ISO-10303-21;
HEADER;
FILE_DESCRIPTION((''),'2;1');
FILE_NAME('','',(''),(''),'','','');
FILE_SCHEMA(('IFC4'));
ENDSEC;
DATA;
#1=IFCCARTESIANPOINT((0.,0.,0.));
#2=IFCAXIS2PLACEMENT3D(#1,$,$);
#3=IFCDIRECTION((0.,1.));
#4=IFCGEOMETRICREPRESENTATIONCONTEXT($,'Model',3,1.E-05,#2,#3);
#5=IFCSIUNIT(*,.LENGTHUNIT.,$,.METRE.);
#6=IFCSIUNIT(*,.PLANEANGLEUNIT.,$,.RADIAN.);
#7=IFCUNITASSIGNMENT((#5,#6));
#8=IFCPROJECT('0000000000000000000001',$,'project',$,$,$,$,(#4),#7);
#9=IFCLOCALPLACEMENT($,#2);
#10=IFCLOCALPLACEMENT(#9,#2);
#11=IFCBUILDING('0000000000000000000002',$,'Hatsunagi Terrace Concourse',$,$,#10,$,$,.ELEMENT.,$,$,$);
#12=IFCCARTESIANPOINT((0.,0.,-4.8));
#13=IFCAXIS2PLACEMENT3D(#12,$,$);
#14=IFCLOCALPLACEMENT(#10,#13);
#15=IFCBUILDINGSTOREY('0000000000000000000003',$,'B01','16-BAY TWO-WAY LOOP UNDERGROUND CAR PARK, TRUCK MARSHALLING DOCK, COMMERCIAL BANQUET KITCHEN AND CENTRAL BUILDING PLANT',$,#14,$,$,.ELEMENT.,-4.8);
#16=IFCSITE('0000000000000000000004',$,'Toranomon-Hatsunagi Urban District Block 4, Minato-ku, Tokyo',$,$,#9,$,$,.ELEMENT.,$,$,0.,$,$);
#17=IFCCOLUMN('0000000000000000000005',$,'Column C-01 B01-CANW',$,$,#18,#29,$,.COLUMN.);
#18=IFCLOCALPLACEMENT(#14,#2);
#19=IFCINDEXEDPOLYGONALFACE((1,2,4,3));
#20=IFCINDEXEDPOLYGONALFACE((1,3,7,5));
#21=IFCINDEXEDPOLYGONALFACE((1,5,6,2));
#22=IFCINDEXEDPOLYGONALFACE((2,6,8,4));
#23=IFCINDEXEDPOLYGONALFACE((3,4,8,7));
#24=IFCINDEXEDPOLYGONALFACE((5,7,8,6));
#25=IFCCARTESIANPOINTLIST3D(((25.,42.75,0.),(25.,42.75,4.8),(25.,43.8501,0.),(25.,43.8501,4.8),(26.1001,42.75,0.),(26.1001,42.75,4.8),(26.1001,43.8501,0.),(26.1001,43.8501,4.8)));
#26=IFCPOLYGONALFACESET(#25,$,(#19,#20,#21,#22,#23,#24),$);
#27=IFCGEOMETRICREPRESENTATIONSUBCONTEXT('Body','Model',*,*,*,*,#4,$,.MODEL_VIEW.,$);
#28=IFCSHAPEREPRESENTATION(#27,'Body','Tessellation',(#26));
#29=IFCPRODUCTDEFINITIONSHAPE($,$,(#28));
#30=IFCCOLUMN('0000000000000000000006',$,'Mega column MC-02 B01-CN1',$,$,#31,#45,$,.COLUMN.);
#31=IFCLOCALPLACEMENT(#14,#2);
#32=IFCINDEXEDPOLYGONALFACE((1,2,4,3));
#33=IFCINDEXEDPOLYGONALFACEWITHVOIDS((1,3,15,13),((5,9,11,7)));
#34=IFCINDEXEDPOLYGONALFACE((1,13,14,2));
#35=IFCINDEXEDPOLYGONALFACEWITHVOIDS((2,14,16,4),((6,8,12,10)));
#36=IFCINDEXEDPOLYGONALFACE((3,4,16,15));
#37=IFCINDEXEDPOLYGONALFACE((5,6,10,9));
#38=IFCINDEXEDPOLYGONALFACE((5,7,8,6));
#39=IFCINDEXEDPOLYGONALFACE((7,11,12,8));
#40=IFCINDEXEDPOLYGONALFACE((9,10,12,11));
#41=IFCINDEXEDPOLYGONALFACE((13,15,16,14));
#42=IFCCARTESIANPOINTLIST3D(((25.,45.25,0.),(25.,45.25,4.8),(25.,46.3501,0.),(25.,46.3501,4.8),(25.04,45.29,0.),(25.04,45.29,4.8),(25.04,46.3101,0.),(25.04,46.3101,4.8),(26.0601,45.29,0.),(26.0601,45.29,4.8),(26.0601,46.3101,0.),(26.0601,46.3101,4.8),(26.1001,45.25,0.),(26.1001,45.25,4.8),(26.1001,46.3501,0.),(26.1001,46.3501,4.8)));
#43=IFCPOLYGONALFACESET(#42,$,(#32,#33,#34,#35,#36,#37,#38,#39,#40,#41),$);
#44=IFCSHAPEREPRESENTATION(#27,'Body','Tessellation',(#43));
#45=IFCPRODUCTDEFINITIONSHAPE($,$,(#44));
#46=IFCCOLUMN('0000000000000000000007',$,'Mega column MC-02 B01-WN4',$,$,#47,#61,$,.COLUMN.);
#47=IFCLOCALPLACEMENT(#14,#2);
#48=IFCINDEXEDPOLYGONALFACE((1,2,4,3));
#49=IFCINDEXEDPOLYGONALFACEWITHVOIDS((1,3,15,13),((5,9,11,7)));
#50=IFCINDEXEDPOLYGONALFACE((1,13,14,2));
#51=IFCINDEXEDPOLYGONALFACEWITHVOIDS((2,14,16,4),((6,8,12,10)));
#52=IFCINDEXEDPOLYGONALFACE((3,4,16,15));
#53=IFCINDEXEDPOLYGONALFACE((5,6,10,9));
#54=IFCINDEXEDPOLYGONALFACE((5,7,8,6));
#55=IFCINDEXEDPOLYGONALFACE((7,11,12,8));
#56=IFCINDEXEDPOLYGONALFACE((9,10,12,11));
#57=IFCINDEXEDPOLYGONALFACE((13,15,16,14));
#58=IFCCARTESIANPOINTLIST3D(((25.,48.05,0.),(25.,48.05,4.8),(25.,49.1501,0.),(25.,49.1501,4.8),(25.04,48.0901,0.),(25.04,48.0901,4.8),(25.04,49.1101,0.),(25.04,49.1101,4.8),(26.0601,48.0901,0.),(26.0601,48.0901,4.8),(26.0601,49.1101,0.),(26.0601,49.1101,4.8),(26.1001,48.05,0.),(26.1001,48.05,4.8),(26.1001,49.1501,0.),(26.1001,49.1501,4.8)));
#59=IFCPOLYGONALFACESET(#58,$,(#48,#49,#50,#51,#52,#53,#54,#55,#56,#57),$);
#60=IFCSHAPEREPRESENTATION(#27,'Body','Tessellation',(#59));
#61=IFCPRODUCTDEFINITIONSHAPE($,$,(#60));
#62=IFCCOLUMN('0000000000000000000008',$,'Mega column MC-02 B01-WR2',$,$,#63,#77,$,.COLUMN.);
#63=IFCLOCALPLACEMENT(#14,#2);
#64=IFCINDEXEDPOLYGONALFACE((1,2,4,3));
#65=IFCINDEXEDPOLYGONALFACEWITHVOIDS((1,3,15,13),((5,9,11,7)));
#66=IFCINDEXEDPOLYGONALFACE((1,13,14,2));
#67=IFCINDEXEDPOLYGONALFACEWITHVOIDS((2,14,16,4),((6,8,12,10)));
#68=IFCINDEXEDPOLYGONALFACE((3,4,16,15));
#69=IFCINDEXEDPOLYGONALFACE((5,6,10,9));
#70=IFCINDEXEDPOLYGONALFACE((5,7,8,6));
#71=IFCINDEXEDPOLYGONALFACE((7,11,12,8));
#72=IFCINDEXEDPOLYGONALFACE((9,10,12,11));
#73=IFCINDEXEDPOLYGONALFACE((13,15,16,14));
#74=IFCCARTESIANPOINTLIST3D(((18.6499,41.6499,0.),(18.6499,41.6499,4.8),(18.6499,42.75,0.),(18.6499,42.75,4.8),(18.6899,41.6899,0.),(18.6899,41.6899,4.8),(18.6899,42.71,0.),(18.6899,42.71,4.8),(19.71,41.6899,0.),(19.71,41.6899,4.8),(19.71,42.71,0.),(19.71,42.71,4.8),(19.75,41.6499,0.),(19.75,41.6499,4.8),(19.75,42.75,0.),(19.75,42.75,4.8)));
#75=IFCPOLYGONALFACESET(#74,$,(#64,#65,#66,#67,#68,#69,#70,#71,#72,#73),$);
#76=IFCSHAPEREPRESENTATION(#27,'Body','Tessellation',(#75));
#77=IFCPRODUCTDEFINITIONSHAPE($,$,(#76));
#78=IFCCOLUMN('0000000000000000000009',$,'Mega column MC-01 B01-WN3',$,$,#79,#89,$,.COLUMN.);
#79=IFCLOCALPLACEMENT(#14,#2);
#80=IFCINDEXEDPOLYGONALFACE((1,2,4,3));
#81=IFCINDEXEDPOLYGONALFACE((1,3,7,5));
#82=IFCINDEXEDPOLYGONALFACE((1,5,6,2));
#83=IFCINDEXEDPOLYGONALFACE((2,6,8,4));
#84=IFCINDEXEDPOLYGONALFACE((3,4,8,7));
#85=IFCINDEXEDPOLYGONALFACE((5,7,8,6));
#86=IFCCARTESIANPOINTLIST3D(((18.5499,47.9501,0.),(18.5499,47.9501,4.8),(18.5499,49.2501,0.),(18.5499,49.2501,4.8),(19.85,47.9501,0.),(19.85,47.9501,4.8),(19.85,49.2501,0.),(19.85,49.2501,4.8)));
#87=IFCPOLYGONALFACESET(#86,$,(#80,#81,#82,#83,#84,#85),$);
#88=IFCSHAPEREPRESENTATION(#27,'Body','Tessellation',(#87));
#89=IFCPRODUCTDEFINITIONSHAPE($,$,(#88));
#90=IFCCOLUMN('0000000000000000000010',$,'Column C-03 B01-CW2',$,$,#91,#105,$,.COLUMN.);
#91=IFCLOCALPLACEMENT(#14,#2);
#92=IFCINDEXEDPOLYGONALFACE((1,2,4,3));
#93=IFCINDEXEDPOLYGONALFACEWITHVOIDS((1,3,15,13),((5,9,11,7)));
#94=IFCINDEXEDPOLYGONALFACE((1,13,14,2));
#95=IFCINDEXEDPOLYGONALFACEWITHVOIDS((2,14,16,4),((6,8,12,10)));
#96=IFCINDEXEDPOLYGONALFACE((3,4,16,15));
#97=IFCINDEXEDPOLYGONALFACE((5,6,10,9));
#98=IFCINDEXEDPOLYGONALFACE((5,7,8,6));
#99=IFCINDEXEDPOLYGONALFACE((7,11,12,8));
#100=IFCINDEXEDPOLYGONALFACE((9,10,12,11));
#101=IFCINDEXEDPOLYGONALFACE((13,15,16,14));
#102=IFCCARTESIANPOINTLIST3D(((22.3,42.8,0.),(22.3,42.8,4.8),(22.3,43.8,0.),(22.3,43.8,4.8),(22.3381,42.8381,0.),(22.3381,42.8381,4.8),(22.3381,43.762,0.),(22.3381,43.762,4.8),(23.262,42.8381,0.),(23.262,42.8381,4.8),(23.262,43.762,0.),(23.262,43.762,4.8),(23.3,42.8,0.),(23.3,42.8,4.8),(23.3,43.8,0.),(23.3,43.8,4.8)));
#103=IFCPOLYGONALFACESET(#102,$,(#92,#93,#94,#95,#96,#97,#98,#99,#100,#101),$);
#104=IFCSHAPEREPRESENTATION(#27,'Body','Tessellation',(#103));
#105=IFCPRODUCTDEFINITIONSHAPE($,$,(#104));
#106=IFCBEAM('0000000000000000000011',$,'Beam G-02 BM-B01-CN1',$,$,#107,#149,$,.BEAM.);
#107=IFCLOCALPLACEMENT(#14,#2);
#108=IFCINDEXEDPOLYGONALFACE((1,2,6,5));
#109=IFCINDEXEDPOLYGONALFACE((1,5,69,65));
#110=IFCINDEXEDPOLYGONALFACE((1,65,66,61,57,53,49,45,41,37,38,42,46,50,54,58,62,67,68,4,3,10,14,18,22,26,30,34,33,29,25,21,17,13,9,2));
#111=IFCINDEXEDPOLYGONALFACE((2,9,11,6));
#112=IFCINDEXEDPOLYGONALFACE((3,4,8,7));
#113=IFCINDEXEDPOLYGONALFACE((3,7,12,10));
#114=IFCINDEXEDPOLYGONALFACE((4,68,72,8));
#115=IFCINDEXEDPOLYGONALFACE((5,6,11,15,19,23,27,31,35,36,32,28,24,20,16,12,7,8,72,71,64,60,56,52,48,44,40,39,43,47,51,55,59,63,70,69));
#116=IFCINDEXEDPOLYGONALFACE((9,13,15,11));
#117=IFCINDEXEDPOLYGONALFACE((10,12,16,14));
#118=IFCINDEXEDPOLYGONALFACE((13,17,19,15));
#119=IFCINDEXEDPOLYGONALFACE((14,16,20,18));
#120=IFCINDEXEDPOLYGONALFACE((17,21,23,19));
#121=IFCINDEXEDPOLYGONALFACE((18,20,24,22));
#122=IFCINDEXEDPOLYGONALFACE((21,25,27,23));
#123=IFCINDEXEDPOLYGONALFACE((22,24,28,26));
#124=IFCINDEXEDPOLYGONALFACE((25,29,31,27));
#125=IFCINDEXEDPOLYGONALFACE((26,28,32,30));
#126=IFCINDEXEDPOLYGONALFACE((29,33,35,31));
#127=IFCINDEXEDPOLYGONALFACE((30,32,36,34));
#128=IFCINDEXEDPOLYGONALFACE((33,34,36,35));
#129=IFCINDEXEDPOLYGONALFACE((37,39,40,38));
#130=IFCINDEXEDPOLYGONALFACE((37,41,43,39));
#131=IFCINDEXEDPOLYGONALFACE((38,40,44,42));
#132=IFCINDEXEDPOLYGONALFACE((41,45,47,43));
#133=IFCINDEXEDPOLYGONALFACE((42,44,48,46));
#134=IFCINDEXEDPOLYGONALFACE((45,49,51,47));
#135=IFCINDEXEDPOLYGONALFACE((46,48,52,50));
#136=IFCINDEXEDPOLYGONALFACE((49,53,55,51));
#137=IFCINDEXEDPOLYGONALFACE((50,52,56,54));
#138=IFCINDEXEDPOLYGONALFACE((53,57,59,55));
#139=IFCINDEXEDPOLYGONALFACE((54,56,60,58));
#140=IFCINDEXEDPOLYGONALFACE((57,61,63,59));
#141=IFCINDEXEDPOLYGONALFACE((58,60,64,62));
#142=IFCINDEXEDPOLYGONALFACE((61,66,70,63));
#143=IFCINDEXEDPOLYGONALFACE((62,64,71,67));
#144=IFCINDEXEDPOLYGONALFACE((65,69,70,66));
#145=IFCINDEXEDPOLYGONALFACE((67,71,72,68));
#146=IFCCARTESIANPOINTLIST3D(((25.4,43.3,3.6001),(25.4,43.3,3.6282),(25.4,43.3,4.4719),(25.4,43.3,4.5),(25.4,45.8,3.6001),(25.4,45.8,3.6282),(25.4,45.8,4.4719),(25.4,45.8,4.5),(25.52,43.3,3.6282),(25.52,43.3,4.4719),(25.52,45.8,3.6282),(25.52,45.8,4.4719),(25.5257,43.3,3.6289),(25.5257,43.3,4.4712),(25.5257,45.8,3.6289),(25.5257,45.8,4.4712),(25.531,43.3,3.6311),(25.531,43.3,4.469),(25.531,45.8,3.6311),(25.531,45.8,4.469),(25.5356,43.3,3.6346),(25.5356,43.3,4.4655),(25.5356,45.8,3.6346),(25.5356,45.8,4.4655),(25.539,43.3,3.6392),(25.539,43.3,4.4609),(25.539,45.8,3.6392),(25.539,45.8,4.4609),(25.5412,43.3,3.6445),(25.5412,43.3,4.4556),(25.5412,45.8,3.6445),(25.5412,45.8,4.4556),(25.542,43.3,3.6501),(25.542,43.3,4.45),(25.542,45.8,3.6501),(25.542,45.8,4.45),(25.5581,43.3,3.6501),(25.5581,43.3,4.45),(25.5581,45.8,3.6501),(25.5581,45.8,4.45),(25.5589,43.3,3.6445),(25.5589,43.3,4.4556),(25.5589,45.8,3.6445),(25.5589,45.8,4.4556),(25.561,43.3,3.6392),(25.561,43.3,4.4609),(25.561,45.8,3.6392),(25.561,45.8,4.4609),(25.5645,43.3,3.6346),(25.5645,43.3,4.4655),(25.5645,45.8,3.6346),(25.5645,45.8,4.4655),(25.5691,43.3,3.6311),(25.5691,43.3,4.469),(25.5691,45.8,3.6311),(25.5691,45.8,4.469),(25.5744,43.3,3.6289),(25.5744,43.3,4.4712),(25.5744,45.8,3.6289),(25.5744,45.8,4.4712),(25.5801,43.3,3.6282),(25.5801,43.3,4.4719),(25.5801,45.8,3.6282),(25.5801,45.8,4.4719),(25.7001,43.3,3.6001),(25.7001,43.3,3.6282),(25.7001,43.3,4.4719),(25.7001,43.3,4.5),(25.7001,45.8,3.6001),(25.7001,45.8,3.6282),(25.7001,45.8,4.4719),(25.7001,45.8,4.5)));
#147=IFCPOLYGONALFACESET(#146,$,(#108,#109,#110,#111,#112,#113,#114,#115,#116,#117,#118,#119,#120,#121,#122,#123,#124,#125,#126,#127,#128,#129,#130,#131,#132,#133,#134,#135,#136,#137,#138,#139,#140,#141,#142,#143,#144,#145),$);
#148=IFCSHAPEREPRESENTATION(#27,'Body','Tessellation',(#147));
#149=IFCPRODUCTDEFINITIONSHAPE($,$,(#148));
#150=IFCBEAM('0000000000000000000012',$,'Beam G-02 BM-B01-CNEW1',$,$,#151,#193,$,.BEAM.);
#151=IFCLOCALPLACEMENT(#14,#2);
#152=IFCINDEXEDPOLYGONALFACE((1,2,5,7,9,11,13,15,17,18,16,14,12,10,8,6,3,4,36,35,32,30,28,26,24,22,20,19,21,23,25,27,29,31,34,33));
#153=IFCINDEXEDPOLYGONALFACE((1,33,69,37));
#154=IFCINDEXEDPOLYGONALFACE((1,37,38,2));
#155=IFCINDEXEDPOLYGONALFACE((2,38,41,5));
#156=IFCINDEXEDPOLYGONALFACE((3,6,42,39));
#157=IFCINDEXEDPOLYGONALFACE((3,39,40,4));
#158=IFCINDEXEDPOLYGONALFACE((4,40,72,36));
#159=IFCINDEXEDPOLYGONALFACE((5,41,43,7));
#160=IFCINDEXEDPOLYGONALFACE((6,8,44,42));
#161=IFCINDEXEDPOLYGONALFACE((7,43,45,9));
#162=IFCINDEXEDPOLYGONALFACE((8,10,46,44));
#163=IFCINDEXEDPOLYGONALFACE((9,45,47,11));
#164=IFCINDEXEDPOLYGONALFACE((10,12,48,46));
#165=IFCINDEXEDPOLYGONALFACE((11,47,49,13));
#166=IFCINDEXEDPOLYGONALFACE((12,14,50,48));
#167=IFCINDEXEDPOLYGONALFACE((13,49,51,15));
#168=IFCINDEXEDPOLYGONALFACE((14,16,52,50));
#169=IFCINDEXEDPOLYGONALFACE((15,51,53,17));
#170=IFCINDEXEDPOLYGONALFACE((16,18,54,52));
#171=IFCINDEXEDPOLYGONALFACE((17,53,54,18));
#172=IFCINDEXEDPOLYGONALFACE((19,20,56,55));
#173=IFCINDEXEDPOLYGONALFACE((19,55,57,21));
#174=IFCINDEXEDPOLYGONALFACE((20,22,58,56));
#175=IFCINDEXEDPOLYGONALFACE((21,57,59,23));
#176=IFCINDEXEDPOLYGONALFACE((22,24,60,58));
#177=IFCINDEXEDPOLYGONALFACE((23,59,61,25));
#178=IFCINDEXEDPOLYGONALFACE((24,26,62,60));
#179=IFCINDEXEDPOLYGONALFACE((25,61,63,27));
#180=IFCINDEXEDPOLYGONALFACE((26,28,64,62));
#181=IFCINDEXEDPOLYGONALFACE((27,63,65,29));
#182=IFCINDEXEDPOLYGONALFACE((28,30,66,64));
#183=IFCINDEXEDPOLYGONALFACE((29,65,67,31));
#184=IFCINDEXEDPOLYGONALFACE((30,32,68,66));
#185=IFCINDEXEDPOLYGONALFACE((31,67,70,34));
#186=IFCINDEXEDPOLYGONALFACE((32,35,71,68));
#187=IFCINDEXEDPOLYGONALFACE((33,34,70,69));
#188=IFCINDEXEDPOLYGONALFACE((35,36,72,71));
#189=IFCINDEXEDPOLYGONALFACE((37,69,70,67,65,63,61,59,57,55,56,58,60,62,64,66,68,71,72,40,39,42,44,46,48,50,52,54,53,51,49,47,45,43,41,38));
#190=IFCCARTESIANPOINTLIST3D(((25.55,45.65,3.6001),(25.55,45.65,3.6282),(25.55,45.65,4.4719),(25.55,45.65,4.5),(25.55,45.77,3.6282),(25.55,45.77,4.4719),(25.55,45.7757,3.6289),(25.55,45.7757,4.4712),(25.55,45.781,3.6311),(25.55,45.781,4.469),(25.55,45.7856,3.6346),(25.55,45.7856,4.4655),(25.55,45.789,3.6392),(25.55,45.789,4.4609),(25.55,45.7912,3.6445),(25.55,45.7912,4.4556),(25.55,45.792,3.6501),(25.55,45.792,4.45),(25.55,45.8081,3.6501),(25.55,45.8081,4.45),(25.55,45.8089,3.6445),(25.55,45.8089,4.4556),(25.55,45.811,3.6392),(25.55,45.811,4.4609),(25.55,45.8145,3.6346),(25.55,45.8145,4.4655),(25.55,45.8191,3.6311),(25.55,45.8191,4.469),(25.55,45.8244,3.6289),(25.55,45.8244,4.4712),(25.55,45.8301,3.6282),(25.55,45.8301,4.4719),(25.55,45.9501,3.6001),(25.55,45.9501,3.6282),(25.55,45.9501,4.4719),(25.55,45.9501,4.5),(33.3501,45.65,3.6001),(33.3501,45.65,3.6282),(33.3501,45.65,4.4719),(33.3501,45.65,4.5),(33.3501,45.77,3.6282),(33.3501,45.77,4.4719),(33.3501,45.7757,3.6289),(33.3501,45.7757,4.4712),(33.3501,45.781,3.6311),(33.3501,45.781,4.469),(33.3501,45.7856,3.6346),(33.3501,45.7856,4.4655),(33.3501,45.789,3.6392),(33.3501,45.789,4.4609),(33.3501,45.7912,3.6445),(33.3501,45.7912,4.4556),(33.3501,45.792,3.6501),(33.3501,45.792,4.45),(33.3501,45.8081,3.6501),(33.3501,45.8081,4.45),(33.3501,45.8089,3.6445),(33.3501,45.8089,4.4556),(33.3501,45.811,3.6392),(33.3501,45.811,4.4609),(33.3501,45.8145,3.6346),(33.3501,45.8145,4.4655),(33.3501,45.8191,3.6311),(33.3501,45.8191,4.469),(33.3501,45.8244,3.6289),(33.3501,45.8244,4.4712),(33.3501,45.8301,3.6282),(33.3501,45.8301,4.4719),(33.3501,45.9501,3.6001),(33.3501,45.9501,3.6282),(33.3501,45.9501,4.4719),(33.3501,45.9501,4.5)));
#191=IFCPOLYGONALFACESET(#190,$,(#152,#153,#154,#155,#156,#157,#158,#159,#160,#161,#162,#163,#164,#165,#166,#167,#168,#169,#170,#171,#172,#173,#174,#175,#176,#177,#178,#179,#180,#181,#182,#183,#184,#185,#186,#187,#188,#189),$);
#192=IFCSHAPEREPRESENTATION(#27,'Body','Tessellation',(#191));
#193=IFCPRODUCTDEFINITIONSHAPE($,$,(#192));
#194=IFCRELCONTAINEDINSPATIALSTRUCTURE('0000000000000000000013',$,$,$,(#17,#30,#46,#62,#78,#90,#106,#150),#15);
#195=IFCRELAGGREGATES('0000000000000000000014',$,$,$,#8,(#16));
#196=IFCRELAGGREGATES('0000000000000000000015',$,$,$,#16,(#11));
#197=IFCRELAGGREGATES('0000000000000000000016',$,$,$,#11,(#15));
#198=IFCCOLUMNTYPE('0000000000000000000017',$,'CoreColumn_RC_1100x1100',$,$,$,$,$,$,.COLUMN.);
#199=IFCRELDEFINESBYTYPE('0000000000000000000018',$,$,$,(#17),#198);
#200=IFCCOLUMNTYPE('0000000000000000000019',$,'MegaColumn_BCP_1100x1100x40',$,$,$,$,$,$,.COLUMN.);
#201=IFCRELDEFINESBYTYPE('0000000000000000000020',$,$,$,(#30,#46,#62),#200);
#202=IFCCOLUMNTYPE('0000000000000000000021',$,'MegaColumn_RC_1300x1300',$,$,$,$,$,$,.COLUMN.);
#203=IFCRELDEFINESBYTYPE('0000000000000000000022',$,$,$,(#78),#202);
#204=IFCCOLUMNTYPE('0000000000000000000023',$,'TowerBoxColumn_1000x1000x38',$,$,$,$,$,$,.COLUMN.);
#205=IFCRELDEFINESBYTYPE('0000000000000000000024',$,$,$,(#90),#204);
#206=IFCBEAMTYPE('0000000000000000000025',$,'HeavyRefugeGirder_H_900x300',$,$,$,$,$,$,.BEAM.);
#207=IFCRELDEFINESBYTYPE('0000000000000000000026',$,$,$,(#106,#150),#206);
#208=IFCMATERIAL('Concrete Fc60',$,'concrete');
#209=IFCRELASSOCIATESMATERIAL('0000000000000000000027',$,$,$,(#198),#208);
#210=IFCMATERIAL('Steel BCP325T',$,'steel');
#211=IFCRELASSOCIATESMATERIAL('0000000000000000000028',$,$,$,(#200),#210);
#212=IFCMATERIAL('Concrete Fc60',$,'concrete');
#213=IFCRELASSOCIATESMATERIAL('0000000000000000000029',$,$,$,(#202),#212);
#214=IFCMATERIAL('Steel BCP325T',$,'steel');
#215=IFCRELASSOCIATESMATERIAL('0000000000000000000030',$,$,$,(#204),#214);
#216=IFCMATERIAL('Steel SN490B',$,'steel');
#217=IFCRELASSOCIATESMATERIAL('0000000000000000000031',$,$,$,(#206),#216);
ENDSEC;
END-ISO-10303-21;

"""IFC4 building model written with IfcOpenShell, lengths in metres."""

from ifc_helpers import new_model, si_unit, direction, frame, origin, origin_2d, place, context, subcontext, project, spatial, rectangle, hollow_rectangle, i_section, extrude, material, material_profile, profile_set, type_object, element, save


model = new_model("IFC4")

# Units and contexts
model_context = context("Model", 3, precision=1e-05, world=origin(), true_north=direction((0.0, 1.0)))
body_context = subcontext(model_context, "Body", "Model", "MODEL_VIEW")
ifc_project = project(units=[si_unit("LENGTHUNIT", "METRE"), si_unit("PLANEANGLEUNIT", "RADIAN")], contexts=[model_context])

# Site, building, storey
site_placement = place(None, origin())
site = spatial("IfcSite", under=ifc_project, at=site_placement, Name="Toranomon-Hatsunagi Urban District Block 4, Minato-ku, Tokyo", CompositionType="ELEMENT", RefElevation=0.0)
building_placement = place(site_placement, origin())
building = spatial("IfcBuilding", under=site, at=building_placement, Name="Hatsunagi Terrace Concourse", CompositionType="ELEMENT")
storey_placement = place(building_placement, frame((0.0, 0.0, -4.8)))
storey = spatial("IfcBuildingStorey", under=building, at=storey_placement, Name="B01", Description="16-BAY TWO-WAY LOOP UNDERGROUND CAR PARK, TRUCK MARSHALLING DOCK, COMMERCIAL BANQUET KITCHEN AND CENTRAL BUILDING PLANT", CompositionType="ELEMENT", Elevation=-4.8)

# Columns
ifc_material_1 = material(Name="Concrete Fc60", Category="concrete")
ifc_material_profile_1 = material_profile(ifc_material_1, rectangle(XDim=1.1001, YDim=1.1001, at=origin_2d()), Name="RC-1100x1100")
ifc_profile_set_1 = profile_set([ifc_material_profile_1], Name="Concrete Fc60")
column_type_1 = type_object("IfcColumnType", Name="CoreColumn_RC_1100x1100", PredefinedType="COLUMN", material=ifc_profile_set_1)
column_1_placement = place(storey_placement, frame((25.55, 43.3, 0.0), z_axis=(0.0, 0.0, 1.0), x_axis=(1.0, 0.0, 0.0)))
element("IfcColumn", 1, at=column_1_placement, inside=storey, type_object=column_type_1, Name="Column C-01 B01-CANW", PredefinedType="COLUMN", context=body_context, shape_type="SweptSolid", body=[
    extrude(rectangle(XDim=1.1001, YDim=1.1001, at=origin_2d()), origin(), (0.0, 0.0, 1.0), 4.8),
])
ifc_material_2 = material(Name="Steel BCP325T", Category="steel")
ifc_material_profile_2 = material_profile(ifc_material_2, hollow_rectangle(XDim=1.1001, YDim=1.1001, WallThickness=0.04, at=origin_2d()), Name="BCP-1100x1100x40")
ifc_profile_set_2 = profile_set([ifc_material_profile_2], Name="Steel BCP325T")
column_type_2 = type_object("IfcColumnType", Name="MegaColumn_BCP_1100x1100x40", PredefinedType="COLUMN", material=ifc_profile_set_2)
for number, where, z_axis, x_axis, name in (
    (2, (25.55, 45.8, 0.0), (0.0, 0.0, 1.0), (1.0, 0.0, 0.0), "Mega column MC-02 B01-CN1"),
    (3, (25.55, 48.6001, 0.0), (0.0, 0.0, 1.0), (1.0, 0.0, 0.0), "Mega column MC-02 B01-WN4"),
    (4, (19.2, 42.2, 0.0), (0.0, 0.0, 1.0), (1.0, 0.0, 0.0), "Mega column MC-02 B01-WR2"),
):
    element("IfcColumn", number, at=place(storey_placement, frame(where, z_axis=z_axis, x_axis=x_axis)), inside=storey, type_object=column_type_2, Name=name, PredefinedType="COLUMN", context=body_context, shape_type="SweptSolid", body=[
        extrude(hollow_rectangle(XDim=1.1001, YDim=1.1001, WallThickness=0.04, at=origin_2d()), origin(), (0.0, 0.0, 1.0), 4.8),
    ])
ifc_material_3 = material(Name="Concrete Fc60", Category="concrete")
ifc_material_profile_3 = material_profile(ifc_material_3, rectangle(XDim=1.3, YDim=1.3, at=origin_2d()), Name="RC-1300x1300")
ifc_profile_set_3 = profile_set([ifc_material_profile_3], Name="Concrete Fc60")
column_type_3 = type_object("IfcColumnType", Name="MegaColumn_RC_1300x1300", PredefinedType="COLUMN", material=ifc_profile_set_3)
column_2_placement = place(storey_placement, frame((19.2, 48.6001, 0.0), z_axis=(0.0, 0.0, 1.0), x_axis=(1.0, 0.0, 0.0)))
element("IfcColumn", 5, at=column_2_placement, inside=storey, type_object=column_type_3, Name="Mega column MC-01 B01-WN3", PredefinedType="COLUMN", context=body_context, shape_type="SweptSolid", body=[
    extrude(rectangle(XDim=1.3, YDim=1.3, at=origin_2d()), origin(), (0.0, 0.0, 1.0), 4.8),
])
ifc_material_4 = material(Name="Steel BCP325T", Category="steel")
ifc_material_profile_4 = material_profile(ifc_material_4, hollow_rectangle(XDim=1.0, YDim=1.0, WallThickness=0.0381, at=origin_2d()), Name="BCP-1000x1000x38")
ifc_profile_set_4 = profile_set([ifc_material_profile_4], Name="Steel BCP325T")
column_type_4 = type_object("IfcColumnType", Name="TowerBoxColumn_1000x1000x38", PredefinedType="COLUMN", material=ifc_profile_set_4)
column_3_placement = place(storey_placement, frame((22.8, 43.3, 0.0), z_axis=(0.0, 0.0, 1.0), x_axis=(1.0, 0.0, 0.0)))
element("IfcColumn", 6, at=column_3_placement, inside=storey, type_object=column_type_4, Name="Column C-03 B01-CW2", PredefinedType="COLUMN", context=body_context, shape_type="SweptSolid", body=[
    extrude(hollow_rectangle(XDim=1.0, YDim=1.0, WallThickness=0.0381, at=origin_2d()), origin(), (0.0, 0.0, 1.0), 4.8),
])

# Beams
ifc_material_5 = material(Name="Steel SN490B", Category="steel")
ifc_material_profile_5 = material_profile(ifc_material_5, i_section(OverallWidth=0.3, OverallDepth=0.8999, WebThickness=0.0161, FlangeThickness=0.0281, FilletRadius=0.022, at=origin_2d()), Name="H-900x300x16x28")
ifc_profile_set_5 = profile_set([ifc_material_profile_5], Name="Steel SN490B")
beam_type = type_object("IfcBeamType", Name="HeavyRefugeGirder_H_900x300", PredefinedType="BEAM", material=ifc_profile_set_5)
beam_1_placement = place(storey_placement, frame((25.55, 43.3, 4.05), z_axis=(0.0, 1.0, 0.0), x_axis=(-1.0, 0.0, 0.0)))
element("IfcBeam", 7, at=beam_1_placement, inside=storey, type_object=beam_type, Name="Beam G-02 BM-B01-CN1", PredefinedType="BEAM", context=body_context, shape_type="SweptSolid", body=[
    extrude(i_section(OverallWidth=0.3, OverallDepth=0.8999, WebThickness=0.0161, FlangeThickness=0.0281, FilletRadius=0.022, at=origin_2d()), origin(), (0.0, 0.0, 1.0), 2.5),
])
beam_2_placement = place(storey_placement, frame((25.55, 45.8, 4.05), z_axis=(1.0, 0.0, 0.0), x_axis=(0.0, 1.0, 0.0)))
element("IfcBeam", 8, at=beam_2_placement, inside=storey, type_object=beam_type, Name="Beam G-02 BM-B01-CNEW1", PredefinedType="BEAM", context=body_context, shape_type="SweptSolid", body=[
    extrude(i_section(OverallWidth=0.3, OverallDepth=0.8999, WebThickness=0.0161, FlangeThickness=0.0281, FilletRadius=0.022, at=origin_2d()), origin(), (0.0, 0.0, 1.0), 7.8),
])

save(model, "model.ifc")
